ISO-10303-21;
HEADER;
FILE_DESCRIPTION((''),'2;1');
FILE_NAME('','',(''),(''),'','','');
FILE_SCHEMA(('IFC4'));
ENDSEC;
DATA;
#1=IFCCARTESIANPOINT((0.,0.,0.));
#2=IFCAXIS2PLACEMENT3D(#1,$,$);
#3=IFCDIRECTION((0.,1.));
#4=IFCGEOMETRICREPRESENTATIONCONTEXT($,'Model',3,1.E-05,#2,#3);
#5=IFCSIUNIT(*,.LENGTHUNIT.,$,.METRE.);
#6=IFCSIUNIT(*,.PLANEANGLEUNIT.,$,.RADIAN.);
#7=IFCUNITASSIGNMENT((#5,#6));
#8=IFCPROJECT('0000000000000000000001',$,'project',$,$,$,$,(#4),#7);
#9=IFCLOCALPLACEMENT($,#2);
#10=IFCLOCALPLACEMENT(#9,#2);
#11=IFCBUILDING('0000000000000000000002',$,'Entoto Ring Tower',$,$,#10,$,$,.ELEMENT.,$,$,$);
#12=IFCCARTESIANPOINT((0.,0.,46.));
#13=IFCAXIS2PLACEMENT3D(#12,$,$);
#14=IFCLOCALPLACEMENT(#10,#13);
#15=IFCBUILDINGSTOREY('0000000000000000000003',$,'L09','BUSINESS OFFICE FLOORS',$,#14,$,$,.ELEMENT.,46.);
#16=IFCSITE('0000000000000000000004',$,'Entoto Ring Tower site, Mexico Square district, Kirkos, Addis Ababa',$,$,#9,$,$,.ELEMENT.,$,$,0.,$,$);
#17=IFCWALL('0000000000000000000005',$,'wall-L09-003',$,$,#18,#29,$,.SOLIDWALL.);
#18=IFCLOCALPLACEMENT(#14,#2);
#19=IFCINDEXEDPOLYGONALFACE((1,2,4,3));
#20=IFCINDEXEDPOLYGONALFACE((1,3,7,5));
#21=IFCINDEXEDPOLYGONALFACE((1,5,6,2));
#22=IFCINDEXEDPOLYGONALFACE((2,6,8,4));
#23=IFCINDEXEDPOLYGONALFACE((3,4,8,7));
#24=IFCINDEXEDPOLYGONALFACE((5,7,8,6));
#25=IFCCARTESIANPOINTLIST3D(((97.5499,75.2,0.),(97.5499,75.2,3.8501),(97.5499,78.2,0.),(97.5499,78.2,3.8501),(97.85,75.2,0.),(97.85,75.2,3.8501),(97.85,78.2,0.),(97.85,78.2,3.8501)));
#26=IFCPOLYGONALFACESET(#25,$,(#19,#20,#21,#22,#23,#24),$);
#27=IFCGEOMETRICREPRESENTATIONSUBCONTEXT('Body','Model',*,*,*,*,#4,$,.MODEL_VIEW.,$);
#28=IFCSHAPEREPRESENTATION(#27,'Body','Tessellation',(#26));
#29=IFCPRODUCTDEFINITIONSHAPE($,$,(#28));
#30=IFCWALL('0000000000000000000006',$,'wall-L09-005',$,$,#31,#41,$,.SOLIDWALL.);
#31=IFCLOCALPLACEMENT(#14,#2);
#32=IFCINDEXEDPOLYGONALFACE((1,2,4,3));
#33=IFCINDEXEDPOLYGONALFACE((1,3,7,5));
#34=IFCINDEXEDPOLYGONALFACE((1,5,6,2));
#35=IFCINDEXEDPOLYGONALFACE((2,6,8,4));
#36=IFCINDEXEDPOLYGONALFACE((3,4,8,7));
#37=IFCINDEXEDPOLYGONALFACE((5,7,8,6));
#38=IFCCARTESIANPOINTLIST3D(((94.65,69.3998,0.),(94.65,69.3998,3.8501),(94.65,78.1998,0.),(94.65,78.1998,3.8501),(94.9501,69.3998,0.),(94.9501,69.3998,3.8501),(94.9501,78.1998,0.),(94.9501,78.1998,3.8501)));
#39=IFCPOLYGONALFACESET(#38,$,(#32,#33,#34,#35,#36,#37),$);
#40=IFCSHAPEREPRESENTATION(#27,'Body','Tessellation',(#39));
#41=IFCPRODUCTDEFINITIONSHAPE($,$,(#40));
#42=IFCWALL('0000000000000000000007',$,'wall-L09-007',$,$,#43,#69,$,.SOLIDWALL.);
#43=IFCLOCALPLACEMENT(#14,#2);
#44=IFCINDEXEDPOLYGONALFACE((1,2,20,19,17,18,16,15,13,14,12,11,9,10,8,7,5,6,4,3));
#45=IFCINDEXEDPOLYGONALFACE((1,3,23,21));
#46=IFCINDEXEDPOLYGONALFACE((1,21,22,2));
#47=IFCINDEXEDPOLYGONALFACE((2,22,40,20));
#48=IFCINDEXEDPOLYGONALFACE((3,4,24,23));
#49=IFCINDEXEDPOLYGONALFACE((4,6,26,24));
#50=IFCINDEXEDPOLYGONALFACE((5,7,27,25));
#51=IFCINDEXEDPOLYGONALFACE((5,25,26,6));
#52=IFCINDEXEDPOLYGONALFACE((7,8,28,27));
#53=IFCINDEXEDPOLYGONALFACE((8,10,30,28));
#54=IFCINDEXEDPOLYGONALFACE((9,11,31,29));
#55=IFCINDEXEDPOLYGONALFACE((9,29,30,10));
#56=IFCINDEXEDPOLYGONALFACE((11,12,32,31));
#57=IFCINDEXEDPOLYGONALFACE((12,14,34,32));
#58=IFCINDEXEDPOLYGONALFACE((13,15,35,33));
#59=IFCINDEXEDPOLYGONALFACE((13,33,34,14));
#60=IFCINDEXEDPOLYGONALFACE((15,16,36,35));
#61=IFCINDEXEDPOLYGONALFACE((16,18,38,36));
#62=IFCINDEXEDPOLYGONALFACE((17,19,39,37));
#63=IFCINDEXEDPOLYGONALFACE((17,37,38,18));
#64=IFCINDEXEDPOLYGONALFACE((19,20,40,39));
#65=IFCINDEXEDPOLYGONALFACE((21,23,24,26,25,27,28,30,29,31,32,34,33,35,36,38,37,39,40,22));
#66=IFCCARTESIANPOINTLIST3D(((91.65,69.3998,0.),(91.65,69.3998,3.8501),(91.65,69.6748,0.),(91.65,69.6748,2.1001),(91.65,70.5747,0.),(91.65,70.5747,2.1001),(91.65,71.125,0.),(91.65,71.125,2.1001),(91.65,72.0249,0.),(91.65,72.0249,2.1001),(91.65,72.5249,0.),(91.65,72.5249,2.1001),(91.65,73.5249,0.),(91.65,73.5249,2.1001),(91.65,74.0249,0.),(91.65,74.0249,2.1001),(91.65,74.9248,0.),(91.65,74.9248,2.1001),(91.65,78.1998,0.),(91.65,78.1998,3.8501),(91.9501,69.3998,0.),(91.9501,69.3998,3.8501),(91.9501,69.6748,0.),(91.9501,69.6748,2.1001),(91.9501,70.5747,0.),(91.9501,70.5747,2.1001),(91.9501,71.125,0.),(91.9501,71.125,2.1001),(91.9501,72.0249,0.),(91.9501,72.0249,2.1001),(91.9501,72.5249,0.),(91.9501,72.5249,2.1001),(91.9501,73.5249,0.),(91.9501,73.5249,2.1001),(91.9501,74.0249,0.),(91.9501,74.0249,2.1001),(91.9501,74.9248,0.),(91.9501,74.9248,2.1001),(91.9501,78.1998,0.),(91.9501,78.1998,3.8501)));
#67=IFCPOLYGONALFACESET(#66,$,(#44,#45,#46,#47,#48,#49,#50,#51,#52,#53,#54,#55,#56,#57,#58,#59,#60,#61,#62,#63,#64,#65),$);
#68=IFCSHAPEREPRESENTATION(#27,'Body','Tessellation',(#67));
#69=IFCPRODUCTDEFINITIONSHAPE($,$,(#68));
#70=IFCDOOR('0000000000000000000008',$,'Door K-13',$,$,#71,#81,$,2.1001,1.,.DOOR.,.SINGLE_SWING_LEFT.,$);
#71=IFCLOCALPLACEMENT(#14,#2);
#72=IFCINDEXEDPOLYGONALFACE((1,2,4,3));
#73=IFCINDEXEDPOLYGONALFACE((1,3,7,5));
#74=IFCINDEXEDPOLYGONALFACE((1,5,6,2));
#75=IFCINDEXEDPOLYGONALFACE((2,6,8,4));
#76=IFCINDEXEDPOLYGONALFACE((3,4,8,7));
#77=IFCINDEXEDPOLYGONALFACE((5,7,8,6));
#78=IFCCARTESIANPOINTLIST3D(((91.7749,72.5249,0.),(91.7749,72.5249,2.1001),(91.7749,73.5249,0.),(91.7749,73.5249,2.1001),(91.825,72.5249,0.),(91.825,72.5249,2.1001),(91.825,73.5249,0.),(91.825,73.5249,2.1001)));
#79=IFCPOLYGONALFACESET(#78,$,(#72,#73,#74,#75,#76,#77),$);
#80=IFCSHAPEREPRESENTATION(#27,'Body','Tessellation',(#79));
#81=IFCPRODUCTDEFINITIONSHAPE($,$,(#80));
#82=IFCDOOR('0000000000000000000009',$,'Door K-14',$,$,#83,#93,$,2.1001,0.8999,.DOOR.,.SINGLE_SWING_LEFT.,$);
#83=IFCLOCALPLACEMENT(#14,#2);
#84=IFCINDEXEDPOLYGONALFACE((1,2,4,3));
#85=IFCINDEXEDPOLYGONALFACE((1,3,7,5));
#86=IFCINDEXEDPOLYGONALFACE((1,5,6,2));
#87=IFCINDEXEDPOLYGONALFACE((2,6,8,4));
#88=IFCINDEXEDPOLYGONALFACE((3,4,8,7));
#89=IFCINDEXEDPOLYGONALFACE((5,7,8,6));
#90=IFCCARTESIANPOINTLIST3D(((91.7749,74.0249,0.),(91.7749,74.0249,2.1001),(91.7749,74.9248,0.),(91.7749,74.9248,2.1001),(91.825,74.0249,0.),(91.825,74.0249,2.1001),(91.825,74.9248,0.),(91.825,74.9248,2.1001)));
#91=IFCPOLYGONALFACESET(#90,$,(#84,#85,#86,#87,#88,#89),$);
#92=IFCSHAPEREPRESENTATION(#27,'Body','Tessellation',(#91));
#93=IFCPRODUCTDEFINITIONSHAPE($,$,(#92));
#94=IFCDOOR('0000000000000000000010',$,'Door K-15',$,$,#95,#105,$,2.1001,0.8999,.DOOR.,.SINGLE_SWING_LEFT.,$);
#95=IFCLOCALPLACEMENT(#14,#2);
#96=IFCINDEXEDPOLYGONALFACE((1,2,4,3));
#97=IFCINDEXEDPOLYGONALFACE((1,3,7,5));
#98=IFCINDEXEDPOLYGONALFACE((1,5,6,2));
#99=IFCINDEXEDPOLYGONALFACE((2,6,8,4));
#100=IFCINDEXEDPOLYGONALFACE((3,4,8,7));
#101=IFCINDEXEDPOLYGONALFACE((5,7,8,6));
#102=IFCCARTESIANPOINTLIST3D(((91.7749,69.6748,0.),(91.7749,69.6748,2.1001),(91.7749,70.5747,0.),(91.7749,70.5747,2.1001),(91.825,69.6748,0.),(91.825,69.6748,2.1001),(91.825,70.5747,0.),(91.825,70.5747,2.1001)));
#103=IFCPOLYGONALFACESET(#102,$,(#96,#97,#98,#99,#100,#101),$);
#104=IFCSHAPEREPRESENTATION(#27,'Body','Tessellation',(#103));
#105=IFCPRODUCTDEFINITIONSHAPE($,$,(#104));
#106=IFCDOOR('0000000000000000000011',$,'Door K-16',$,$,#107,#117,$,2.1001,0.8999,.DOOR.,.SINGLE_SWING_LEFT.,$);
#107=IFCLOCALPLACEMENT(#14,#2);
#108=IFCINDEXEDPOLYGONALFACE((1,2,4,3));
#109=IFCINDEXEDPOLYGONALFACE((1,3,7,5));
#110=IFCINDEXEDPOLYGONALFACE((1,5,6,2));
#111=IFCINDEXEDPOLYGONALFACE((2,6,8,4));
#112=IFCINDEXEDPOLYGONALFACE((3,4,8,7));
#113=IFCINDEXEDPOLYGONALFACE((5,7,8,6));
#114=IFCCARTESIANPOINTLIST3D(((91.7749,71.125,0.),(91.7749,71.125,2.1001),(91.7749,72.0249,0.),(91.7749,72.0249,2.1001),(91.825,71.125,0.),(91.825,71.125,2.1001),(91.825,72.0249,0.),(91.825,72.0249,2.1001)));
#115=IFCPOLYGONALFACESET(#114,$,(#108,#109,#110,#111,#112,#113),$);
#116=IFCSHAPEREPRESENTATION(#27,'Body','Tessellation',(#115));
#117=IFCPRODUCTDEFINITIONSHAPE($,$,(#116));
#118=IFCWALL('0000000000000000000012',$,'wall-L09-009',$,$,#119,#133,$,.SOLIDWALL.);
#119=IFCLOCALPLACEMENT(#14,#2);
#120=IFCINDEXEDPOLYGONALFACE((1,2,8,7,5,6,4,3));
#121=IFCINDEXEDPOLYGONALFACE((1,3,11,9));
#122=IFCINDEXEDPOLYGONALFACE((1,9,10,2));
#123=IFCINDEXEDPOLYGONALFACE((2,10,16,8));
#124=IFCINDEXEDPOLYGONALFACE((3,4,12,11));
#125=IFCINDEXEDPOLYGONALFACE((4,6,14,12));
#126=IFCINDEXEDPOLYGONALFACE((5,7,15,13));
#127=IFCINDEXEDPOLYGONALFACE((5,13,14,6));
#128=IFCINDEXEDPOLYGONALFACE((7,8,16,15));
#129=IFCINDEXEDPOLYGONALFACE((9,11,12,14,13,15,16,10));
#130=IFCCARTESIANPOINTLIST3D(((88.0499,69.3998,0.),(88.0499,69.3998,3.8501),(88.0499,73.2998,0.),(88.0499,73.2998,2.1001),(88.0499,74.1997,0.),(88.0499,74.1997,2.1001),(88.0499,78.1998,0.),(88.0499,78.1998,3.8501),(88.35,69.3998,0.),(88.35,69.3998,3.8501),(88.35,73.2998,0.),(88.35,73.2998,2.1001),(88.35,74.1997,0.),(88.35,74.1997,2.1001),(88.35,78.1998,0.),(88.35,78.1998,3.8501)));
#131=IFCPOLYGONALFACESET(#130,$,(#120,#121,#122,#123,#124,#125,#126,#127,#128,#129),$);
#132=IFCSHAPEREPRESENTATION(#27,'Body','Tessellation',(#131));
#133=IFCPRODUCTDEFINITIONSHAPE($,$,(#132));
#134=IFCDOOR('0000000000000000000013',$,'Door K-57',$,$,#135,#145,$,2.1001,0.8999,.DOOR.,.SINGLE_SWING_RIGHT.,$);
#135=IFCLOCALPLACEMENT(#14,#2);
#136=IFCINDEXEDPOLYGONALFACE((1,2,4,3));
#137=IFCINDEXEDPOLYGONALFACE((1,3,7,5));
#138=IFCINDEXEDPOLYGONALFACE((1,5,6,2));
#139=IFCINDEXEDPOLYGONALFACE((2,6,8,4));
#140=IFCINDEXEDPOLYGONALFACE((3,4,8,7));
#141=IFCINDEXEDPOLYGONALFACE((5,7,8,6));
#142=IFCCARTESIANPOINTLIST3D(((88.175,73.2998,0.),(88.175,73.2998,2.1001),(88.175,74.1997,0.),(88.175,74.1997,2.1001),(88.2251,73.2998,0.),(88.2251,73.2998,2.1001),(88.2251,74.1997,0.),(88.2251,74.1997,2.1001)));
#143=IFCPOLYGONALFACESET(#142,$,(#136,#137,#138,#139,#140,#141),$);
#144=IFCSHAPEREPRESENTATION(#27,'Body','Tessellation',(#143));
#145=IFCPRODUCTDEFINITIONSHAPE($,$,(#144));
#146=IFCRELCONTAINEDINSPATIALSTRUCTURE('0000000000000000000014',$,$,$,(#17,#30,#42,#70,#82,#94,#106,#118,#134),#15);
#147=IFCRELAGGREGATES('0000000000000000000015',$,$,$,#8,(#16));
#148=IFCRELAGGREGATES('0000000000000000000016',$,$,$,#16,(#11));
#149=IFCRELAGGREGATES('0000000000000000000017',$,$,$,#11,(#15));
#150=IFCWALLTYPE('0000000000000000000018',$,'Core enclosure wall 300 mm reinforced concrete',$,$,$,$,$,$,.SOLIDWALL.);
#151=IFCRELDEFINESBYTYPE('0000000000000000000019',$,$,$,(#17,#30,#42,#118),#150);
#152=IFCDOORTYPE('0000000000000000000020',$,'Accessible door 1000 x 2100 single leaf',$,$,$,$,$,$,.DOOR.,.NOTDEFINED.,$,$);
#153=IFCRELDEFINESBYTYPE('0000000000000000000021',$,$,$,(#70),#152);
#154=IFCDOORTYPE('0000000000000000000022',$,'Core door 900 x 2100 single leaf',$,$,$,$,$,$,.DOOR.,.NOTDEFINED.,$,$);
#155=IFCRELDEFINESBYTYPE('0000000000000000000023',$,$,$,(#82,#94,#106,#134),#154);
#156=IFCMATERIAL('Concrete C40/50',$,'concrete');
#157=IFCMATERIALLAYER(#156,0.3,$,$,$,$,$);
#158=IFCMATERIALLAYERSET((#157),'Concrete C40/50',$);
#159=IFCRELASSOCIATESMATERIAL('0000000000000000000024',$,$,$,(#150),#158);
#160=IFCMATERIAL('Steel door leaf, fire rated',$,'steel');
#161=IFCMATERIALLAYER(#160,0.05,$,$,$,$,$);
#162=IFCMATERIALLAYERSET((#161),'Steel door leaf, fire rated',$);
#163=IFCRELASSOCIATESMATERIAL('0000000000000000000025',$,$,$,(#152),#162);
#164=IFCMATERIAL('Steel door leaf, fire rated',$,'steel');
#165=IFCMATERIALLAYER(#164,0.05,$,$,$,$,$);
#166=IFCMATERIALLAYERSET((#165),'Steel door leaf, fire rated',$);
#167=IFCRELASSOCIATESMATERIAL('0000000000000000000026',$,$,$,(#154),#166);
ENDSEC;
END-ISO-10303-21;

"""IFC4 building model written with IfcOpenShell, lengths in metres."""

from ifc_helpers import new_model, si_unit, direction, frame, frame_2d, origin, place, context, subcontext, project, spatial, rectangle, extrude, material, layer, layer_set, type_object, element, fill, save


model = new_model("IFC4")

# Units and contexts
model_context = context("Model", 3, precision=1e-05, world=origin(), true_north=direction((0.0, 1.0)))
body_context = subcontext(model_context, "Body", "Model", "MODEL_VIEW")
ifc_project = project(units=[si_unit("LENGTHUNIT", "METRE"), si_unit("PLANEANGLEUNIT", "RADIAN")], contexts=[model_context])

# Site, building, storey
site_placement = place(None, origin())
site = spatial("IfcSite", under=ifc_project, at=site_placement, Name="Entoto Ring Tower site, Mexico Square district, Kirkos, Addis Ababa", CompositionType="ELEMENT", RefElevation=0.0)
building_placement = place(site_placement, origin())
building = spatial("IfcBuilding", under=site, at=building_placement, Name="Entoto Ring Tower", CompositionType="ELEMENT")
storey_placement = place(building_placement, frame((0.0, 0.0, 46.0)))
storey = spatial("IfcBuildingStorey", under=building, at=storey_placement, Name="L09", Description="BUSINESS OFFICE FLOORS", CompositionType="ELEMENT", Elevation=46.0)

# Walls
ifc_material_1 = material(Name="Concrete C40/50", Category="concrete")
ifc_layer_1 = layer(ifc_material_1, 0.3)
ifc_layer_set_1 = layer_set([ifc_layer_1], Name="Concrete C40/50")
wall_type = type_object("IfcWallType", Name="Core enclosure wall 300 mm reinforced concrete", PredefinedType="SOLIDWALL", material=ifc_layer_set_1)
wall_1_placement = place(storey_placement, frame((97.7, 75.2, 0.0), z_axis=(0.0, 0.0, 1.0), x_axis=(0.0, 1.0, 0.0)))
element("IfcWall", 1, at=wall_1_placement, inside=storey, type_object=wall_type, Name="wall-L09-003", PredefinedType="SOLIDWALL", context=body_context, shape_type="SweptSolid", body=[
    extrude(rectangle(XDim=3.0, YDim=0.3, at=frame_2d((1.5, 0.0))), origin(), (0.0, 0.0, 1.0), 3.8501),
])
wall_2_placement = place(storey_placement, frame((94.8, 69.3999, 0.0), z_axis=(0.0, 0.0, 1.0), x_axis=(0.0, 1.0, 0.0)))
element("IfcWall", 2, at=wall_2_placement, inside=storey, type_object=wall_type, Name="wall-L09-005", PredefinedType="SOLIDWALL", context=body_context, shape_type="SweptSolid", body=[
    extrude(rectangle(XDim=8.8, YDim=0.3, at=frame_2d((4.3999, 0.0))), origin(), (0.0, 0.0, 1.0), 3.8501),
])

# Wall, openings, doors
wall_3_placement = place(storey_placement, frame((91.8, 69.3999, 0.0), z_axis=(0.0, 0.0, 1.0), x_axis=(0.0, 1.0, 0.0)))
wall_3 = element("IfcWall", 3, at=wall_3_placement, inside=storey, type_object=wall_type, Name="wall-L09-007", PredefinedType="SOLIDWALL", context=body_context, shape_type="SweptSolid", body=[
    extrude(rectangle(XDim=8.8, YDim=0.3, at=frame_2d((4.3999, 0.0))), origin(), (0.0, 0.0, 1.0), 3.8501),
])
opening_1_placement = place(wall_3_placement, frame((3.125, 0.0, 0.0)))
opening_1 = element("IfcOpeningElement", 4, at=opening_1_placement, cuts=wall_3, PredefinedType="OPENING", context=body_context, shape_type="SweptSolid", body=[
    extrude(rectangle(XDim=1.0, YDim=2.1001, at=frame_2d((0.5, 1.05))), frame((0.0, 0.1602, 0.0), z_axis=(0.0, -1.0, 0.0), x_axis=(1.0, 0.0, 0.0)), (0.0, 0.0, 1.0), 0.3201),
])
opening_2_placement = place(wall_3_placement, frame((4.625, 0.0, 0.0)))
opening_2 = element("IfcOpeningElement", 5, at=opening_2_placement, cuts=wall_3, PredefinedType="OPENING", context=body_context, shape_type="SweptSolid", body=[
    extrude(rectangle(XDim=0.8999, YDim=2.1001, at=frame_2d((0.45, 1.05))), frame((0.0, 0.1602, 0.0), z_axis=(0.0, -1.0, 0.0), x_axis=(1.0, 0.0, 0.0)), (0.0, 0.0, 1.0), 0.3201),
])
opening_3_placement = place(wall_3_placement, frame((0.2749, 0.0, 0.0)))
opening_3 = element("IfcOpeningElement", 6, at=opening_3_placement, cuts=wall_3, PredefinedType="OPENING", context=body_context, shape_type="SweptSolid", body=[
    extrude(rectangle(XDim=0.8999, YDim=2.1001, at=frame_2d((0.45, 1.05))), frame((0.0, 0.1602, 0.0), z_axis=(0.0, -1.0, 0.0), x_axis=(1.0, 0.0, 0.0)), (0.0, 0.0, 1.0), 0.3201),
])
opening_4_placement = place(wall_3_placement, frame((1.7251, 0.0, 0.0)))
opening_4 = element("IfcOpeningElement", 7, at=opening_4_placement, cuts=wall_3, PredefinedType="OPENING", context=body_context, shape_type="SweptSolid", body=[
    extrude(rectangle(XDim=0.8999, YDim=2.1001, at=frame_2d((0.45, 1.05))), frame((0.0, 0.1602, 0.0), z_axis=(0.0, -1.0, 0.0), x_axis=(1.0, 0.0, 0.0)), (0.0, 0.0, 1.0), 0.3201),
])
ifc_material_2 = material(Name="Steel door leaf, fire rated", Category="steel")
ifc_layer_2 = layer(ifc_material_2, 0.05)
ifc_layer_set_2 = layer_set([ifc_layer_2], Name="Steel door leaf, fire rated")
door_type_1 = type_object("IfcDoorType", Name="Accessible door 1000 x 2100 single leaf", OperationType="NOTDEFINED", PredefinedType="DOOR", material=ifc_layer_set_2)
door_1_placement = place(opening_1_placement, frame((1.0, 0.0, 0.0), z_axis=(0.0, 0.0, 1.0), x_axis=(-1.0, 0.0, 0.0)))
door_1 = element("IfcDoor", 8, at=door_1_placement, inside=storey, type_object=door_type_1, Name="Door K-13", OperationType="SINGLE_SWING_LEFT", OverallHeight=2.1001, OverallWidth=1.0, PredefinedType="DOOR", context=body_context, shape_type="SweptSolid", body=[
    extrude(rectangle(XDim=1.0, YDim=2.1001, at=frame_2d((0.5, 1.05))), frame((0.0, 0.0249, 0.0), z_axis=(0.0, -1.0, 0.0), x_axis=(1.0, 0.0, 0.0)), (0.0, 0.0, 1.0), 0.05),
])
fill(opening_1, door_1)
ifc_material_3 = material(Name="Steel door leaf, fire rated", Category="steel")
ifc_layer_3 = layer(ifc_material_3, 0.05)
ifc_layer_set_3 = layer_set([ifc_layer_3], Name="Steel door leaf, fire rated")
door_type_2 = type_object("IfcDoorType", Name="Core door 900 x 2100 single leaf", OperationType="NOTDEFINED", PredefinedType="DOOR", material=ifc_layer_set_3)
door_2_placement = place(opening_2_placement, frame((0.8999, 0.0, 0.0), z_axis=(0.0, 0.0, 1.0), x_axis=(-1.0, 0.0, 0.0)))
door_2 = element("IfcDoor", 9, at=door_2_placement, inside=storey, type_object=door_type_2, Name="Door K-14", OperationType="SINGLE_SWING_LEFT", OverallHeight=2.1001, OverallWidth=0.8999, PredefinedType="DOOR", context=body_context, shape_type="SweptSolid", body=[
    extrude(rectangle(XDim=0.8999, YDim=2.1001, at=frame_2d((0.45, 1.05))), frame((0.0, 0.0249, 0.0), z_axis=(0.0, -1.0, 0.0), x_axis=(1.0, 0.0, 0.0)), (0.0, 0.0, 1.0), 0.05),
])
fill(opening_2, door_2)
door_3_placement = place(opening_3_placement, frame((0.8999, 0.0, 0.0), z_axis=(0.0, 0.0, 1.0), x_axis=(-1.0, 0.0, 0.0)))
door_3 = element("IfcDoor", 10, at=door_3_placement, inside=storey, type_object=door_type_2, Name="Door K-15", OperationType="SINGLE_SWING_LEFT", OverallHeight=2.1001, OverallWidth=0.8999, PredefinedType="DOOR", context=body_context, shape_type="SweptSolid", body=[
    extrude(rectangle(XDim=0.8999, YDim=2.1001, at=frame_2d((0.45, 1.05))), frame((0.0, 0.0249, 0.0), z_axis=(0.0, -1.0, 0.0), x_axis=(1.0, 0.0, 0.0)), (0.0, 0.0, 1.0), 0.05),
])
fill(opening_3, door_3)
door_4_placement = place(opening_4_placement, frame((0.8999, 0.0, 0.0), z_axis=(0.0, 0.0, 1.0), x_axis=(-1.0, 0.0, 0.0)))
door_4 = element("IfcDoor", 11, at=door_4_placement, inside=storey, type_object=door_type_2, Name="Door K-16", OperationType="SINGLE_SWING_LEFT", OverallHeight=2.1001, OverallWidth=0.8999, PredefinedType="DOOR", context=body_context, shape_type="SweptSolid", body=[
    extrude(rectangle(XDim=0.8999, YDim=2.1001, at=frame_2d((0.45, 1.05))), frame((0.0, 0.0249, 0.0), z_axis=(0.0, -1.0, 0.0), x_axis=(1.0, 0.0, 0.0)), (0.0, 0.0, 1.0), 0.05),
])
fill(opening_4, door_4)

# Wall, opening, door
wall_4_placement = place(storey_placement, frame((88.2, 69.3999, 0.0), z_axis=(0.0, 0.0, 1.0), x_axis=(0.0, 1.0, 0.0)))
wall_4 = element("IfcWall", 12, at=wall_4_placement, inside=storey, type_object=wall_type, Name="wall-L09-009", PredefinedType="SOLIDWALL", context=body_context, shape_type="SweptSolid", body=[
    extrude(rectangle(XDim=8.8, YDim=0.3, at=frame_2d((4.3999, 0.0))), origin(), (0.0, 0.0, 1.0), 3.8501),
])
opening_5_placement = place(wall_4_placement, frame((3.8999, 0.0, 0.0)))
opening_5 = element("IfcOpeningElement", 13, at=opening_5_placement, cuts=wall_4, PredefinedType="OPENING", context=body_context, shape_type="SweptSolid", body=[
    extrude(rectangle(XDim=0.8999, YDim=2.1001, at=frame_2d((0.45, 1.05))), frame((0.0, 0.1602, 0.0), z_axis=(0.0, -1.0, 0.0), x_axis=(1.0, 0.0, 0.0)), (0.0, 0.0, 1.0), 0.3201),
])
door_5_placement = place(opening_5_placement, origin())
door_5 = element("IfcDoor", 14, at=door_5_placement, inside=storey, type_object=door_type_2, Name="Door K-57", OperationType="SINGLE_SWING_RIGHT", OverallHeight=2.1001, OverallWidth=0.8999, PredefinedType="DOOR", context=body_context, shape_type="SweptSolid", body=[
    extrude(rectangle(XDim=0.8999, YDim=2.1001, at=frame_2d((0.45, 1.05))), frame((0.0, 0.0249, 0.0), z_axis=(0.0, -1.0, 0.0), x_axis=(1.0, 0.0, 0.0)), (0.0, 0.0, 1.0), 0.05),
])
fill(opening_5, door_5)

save(model, "model.ifc")
